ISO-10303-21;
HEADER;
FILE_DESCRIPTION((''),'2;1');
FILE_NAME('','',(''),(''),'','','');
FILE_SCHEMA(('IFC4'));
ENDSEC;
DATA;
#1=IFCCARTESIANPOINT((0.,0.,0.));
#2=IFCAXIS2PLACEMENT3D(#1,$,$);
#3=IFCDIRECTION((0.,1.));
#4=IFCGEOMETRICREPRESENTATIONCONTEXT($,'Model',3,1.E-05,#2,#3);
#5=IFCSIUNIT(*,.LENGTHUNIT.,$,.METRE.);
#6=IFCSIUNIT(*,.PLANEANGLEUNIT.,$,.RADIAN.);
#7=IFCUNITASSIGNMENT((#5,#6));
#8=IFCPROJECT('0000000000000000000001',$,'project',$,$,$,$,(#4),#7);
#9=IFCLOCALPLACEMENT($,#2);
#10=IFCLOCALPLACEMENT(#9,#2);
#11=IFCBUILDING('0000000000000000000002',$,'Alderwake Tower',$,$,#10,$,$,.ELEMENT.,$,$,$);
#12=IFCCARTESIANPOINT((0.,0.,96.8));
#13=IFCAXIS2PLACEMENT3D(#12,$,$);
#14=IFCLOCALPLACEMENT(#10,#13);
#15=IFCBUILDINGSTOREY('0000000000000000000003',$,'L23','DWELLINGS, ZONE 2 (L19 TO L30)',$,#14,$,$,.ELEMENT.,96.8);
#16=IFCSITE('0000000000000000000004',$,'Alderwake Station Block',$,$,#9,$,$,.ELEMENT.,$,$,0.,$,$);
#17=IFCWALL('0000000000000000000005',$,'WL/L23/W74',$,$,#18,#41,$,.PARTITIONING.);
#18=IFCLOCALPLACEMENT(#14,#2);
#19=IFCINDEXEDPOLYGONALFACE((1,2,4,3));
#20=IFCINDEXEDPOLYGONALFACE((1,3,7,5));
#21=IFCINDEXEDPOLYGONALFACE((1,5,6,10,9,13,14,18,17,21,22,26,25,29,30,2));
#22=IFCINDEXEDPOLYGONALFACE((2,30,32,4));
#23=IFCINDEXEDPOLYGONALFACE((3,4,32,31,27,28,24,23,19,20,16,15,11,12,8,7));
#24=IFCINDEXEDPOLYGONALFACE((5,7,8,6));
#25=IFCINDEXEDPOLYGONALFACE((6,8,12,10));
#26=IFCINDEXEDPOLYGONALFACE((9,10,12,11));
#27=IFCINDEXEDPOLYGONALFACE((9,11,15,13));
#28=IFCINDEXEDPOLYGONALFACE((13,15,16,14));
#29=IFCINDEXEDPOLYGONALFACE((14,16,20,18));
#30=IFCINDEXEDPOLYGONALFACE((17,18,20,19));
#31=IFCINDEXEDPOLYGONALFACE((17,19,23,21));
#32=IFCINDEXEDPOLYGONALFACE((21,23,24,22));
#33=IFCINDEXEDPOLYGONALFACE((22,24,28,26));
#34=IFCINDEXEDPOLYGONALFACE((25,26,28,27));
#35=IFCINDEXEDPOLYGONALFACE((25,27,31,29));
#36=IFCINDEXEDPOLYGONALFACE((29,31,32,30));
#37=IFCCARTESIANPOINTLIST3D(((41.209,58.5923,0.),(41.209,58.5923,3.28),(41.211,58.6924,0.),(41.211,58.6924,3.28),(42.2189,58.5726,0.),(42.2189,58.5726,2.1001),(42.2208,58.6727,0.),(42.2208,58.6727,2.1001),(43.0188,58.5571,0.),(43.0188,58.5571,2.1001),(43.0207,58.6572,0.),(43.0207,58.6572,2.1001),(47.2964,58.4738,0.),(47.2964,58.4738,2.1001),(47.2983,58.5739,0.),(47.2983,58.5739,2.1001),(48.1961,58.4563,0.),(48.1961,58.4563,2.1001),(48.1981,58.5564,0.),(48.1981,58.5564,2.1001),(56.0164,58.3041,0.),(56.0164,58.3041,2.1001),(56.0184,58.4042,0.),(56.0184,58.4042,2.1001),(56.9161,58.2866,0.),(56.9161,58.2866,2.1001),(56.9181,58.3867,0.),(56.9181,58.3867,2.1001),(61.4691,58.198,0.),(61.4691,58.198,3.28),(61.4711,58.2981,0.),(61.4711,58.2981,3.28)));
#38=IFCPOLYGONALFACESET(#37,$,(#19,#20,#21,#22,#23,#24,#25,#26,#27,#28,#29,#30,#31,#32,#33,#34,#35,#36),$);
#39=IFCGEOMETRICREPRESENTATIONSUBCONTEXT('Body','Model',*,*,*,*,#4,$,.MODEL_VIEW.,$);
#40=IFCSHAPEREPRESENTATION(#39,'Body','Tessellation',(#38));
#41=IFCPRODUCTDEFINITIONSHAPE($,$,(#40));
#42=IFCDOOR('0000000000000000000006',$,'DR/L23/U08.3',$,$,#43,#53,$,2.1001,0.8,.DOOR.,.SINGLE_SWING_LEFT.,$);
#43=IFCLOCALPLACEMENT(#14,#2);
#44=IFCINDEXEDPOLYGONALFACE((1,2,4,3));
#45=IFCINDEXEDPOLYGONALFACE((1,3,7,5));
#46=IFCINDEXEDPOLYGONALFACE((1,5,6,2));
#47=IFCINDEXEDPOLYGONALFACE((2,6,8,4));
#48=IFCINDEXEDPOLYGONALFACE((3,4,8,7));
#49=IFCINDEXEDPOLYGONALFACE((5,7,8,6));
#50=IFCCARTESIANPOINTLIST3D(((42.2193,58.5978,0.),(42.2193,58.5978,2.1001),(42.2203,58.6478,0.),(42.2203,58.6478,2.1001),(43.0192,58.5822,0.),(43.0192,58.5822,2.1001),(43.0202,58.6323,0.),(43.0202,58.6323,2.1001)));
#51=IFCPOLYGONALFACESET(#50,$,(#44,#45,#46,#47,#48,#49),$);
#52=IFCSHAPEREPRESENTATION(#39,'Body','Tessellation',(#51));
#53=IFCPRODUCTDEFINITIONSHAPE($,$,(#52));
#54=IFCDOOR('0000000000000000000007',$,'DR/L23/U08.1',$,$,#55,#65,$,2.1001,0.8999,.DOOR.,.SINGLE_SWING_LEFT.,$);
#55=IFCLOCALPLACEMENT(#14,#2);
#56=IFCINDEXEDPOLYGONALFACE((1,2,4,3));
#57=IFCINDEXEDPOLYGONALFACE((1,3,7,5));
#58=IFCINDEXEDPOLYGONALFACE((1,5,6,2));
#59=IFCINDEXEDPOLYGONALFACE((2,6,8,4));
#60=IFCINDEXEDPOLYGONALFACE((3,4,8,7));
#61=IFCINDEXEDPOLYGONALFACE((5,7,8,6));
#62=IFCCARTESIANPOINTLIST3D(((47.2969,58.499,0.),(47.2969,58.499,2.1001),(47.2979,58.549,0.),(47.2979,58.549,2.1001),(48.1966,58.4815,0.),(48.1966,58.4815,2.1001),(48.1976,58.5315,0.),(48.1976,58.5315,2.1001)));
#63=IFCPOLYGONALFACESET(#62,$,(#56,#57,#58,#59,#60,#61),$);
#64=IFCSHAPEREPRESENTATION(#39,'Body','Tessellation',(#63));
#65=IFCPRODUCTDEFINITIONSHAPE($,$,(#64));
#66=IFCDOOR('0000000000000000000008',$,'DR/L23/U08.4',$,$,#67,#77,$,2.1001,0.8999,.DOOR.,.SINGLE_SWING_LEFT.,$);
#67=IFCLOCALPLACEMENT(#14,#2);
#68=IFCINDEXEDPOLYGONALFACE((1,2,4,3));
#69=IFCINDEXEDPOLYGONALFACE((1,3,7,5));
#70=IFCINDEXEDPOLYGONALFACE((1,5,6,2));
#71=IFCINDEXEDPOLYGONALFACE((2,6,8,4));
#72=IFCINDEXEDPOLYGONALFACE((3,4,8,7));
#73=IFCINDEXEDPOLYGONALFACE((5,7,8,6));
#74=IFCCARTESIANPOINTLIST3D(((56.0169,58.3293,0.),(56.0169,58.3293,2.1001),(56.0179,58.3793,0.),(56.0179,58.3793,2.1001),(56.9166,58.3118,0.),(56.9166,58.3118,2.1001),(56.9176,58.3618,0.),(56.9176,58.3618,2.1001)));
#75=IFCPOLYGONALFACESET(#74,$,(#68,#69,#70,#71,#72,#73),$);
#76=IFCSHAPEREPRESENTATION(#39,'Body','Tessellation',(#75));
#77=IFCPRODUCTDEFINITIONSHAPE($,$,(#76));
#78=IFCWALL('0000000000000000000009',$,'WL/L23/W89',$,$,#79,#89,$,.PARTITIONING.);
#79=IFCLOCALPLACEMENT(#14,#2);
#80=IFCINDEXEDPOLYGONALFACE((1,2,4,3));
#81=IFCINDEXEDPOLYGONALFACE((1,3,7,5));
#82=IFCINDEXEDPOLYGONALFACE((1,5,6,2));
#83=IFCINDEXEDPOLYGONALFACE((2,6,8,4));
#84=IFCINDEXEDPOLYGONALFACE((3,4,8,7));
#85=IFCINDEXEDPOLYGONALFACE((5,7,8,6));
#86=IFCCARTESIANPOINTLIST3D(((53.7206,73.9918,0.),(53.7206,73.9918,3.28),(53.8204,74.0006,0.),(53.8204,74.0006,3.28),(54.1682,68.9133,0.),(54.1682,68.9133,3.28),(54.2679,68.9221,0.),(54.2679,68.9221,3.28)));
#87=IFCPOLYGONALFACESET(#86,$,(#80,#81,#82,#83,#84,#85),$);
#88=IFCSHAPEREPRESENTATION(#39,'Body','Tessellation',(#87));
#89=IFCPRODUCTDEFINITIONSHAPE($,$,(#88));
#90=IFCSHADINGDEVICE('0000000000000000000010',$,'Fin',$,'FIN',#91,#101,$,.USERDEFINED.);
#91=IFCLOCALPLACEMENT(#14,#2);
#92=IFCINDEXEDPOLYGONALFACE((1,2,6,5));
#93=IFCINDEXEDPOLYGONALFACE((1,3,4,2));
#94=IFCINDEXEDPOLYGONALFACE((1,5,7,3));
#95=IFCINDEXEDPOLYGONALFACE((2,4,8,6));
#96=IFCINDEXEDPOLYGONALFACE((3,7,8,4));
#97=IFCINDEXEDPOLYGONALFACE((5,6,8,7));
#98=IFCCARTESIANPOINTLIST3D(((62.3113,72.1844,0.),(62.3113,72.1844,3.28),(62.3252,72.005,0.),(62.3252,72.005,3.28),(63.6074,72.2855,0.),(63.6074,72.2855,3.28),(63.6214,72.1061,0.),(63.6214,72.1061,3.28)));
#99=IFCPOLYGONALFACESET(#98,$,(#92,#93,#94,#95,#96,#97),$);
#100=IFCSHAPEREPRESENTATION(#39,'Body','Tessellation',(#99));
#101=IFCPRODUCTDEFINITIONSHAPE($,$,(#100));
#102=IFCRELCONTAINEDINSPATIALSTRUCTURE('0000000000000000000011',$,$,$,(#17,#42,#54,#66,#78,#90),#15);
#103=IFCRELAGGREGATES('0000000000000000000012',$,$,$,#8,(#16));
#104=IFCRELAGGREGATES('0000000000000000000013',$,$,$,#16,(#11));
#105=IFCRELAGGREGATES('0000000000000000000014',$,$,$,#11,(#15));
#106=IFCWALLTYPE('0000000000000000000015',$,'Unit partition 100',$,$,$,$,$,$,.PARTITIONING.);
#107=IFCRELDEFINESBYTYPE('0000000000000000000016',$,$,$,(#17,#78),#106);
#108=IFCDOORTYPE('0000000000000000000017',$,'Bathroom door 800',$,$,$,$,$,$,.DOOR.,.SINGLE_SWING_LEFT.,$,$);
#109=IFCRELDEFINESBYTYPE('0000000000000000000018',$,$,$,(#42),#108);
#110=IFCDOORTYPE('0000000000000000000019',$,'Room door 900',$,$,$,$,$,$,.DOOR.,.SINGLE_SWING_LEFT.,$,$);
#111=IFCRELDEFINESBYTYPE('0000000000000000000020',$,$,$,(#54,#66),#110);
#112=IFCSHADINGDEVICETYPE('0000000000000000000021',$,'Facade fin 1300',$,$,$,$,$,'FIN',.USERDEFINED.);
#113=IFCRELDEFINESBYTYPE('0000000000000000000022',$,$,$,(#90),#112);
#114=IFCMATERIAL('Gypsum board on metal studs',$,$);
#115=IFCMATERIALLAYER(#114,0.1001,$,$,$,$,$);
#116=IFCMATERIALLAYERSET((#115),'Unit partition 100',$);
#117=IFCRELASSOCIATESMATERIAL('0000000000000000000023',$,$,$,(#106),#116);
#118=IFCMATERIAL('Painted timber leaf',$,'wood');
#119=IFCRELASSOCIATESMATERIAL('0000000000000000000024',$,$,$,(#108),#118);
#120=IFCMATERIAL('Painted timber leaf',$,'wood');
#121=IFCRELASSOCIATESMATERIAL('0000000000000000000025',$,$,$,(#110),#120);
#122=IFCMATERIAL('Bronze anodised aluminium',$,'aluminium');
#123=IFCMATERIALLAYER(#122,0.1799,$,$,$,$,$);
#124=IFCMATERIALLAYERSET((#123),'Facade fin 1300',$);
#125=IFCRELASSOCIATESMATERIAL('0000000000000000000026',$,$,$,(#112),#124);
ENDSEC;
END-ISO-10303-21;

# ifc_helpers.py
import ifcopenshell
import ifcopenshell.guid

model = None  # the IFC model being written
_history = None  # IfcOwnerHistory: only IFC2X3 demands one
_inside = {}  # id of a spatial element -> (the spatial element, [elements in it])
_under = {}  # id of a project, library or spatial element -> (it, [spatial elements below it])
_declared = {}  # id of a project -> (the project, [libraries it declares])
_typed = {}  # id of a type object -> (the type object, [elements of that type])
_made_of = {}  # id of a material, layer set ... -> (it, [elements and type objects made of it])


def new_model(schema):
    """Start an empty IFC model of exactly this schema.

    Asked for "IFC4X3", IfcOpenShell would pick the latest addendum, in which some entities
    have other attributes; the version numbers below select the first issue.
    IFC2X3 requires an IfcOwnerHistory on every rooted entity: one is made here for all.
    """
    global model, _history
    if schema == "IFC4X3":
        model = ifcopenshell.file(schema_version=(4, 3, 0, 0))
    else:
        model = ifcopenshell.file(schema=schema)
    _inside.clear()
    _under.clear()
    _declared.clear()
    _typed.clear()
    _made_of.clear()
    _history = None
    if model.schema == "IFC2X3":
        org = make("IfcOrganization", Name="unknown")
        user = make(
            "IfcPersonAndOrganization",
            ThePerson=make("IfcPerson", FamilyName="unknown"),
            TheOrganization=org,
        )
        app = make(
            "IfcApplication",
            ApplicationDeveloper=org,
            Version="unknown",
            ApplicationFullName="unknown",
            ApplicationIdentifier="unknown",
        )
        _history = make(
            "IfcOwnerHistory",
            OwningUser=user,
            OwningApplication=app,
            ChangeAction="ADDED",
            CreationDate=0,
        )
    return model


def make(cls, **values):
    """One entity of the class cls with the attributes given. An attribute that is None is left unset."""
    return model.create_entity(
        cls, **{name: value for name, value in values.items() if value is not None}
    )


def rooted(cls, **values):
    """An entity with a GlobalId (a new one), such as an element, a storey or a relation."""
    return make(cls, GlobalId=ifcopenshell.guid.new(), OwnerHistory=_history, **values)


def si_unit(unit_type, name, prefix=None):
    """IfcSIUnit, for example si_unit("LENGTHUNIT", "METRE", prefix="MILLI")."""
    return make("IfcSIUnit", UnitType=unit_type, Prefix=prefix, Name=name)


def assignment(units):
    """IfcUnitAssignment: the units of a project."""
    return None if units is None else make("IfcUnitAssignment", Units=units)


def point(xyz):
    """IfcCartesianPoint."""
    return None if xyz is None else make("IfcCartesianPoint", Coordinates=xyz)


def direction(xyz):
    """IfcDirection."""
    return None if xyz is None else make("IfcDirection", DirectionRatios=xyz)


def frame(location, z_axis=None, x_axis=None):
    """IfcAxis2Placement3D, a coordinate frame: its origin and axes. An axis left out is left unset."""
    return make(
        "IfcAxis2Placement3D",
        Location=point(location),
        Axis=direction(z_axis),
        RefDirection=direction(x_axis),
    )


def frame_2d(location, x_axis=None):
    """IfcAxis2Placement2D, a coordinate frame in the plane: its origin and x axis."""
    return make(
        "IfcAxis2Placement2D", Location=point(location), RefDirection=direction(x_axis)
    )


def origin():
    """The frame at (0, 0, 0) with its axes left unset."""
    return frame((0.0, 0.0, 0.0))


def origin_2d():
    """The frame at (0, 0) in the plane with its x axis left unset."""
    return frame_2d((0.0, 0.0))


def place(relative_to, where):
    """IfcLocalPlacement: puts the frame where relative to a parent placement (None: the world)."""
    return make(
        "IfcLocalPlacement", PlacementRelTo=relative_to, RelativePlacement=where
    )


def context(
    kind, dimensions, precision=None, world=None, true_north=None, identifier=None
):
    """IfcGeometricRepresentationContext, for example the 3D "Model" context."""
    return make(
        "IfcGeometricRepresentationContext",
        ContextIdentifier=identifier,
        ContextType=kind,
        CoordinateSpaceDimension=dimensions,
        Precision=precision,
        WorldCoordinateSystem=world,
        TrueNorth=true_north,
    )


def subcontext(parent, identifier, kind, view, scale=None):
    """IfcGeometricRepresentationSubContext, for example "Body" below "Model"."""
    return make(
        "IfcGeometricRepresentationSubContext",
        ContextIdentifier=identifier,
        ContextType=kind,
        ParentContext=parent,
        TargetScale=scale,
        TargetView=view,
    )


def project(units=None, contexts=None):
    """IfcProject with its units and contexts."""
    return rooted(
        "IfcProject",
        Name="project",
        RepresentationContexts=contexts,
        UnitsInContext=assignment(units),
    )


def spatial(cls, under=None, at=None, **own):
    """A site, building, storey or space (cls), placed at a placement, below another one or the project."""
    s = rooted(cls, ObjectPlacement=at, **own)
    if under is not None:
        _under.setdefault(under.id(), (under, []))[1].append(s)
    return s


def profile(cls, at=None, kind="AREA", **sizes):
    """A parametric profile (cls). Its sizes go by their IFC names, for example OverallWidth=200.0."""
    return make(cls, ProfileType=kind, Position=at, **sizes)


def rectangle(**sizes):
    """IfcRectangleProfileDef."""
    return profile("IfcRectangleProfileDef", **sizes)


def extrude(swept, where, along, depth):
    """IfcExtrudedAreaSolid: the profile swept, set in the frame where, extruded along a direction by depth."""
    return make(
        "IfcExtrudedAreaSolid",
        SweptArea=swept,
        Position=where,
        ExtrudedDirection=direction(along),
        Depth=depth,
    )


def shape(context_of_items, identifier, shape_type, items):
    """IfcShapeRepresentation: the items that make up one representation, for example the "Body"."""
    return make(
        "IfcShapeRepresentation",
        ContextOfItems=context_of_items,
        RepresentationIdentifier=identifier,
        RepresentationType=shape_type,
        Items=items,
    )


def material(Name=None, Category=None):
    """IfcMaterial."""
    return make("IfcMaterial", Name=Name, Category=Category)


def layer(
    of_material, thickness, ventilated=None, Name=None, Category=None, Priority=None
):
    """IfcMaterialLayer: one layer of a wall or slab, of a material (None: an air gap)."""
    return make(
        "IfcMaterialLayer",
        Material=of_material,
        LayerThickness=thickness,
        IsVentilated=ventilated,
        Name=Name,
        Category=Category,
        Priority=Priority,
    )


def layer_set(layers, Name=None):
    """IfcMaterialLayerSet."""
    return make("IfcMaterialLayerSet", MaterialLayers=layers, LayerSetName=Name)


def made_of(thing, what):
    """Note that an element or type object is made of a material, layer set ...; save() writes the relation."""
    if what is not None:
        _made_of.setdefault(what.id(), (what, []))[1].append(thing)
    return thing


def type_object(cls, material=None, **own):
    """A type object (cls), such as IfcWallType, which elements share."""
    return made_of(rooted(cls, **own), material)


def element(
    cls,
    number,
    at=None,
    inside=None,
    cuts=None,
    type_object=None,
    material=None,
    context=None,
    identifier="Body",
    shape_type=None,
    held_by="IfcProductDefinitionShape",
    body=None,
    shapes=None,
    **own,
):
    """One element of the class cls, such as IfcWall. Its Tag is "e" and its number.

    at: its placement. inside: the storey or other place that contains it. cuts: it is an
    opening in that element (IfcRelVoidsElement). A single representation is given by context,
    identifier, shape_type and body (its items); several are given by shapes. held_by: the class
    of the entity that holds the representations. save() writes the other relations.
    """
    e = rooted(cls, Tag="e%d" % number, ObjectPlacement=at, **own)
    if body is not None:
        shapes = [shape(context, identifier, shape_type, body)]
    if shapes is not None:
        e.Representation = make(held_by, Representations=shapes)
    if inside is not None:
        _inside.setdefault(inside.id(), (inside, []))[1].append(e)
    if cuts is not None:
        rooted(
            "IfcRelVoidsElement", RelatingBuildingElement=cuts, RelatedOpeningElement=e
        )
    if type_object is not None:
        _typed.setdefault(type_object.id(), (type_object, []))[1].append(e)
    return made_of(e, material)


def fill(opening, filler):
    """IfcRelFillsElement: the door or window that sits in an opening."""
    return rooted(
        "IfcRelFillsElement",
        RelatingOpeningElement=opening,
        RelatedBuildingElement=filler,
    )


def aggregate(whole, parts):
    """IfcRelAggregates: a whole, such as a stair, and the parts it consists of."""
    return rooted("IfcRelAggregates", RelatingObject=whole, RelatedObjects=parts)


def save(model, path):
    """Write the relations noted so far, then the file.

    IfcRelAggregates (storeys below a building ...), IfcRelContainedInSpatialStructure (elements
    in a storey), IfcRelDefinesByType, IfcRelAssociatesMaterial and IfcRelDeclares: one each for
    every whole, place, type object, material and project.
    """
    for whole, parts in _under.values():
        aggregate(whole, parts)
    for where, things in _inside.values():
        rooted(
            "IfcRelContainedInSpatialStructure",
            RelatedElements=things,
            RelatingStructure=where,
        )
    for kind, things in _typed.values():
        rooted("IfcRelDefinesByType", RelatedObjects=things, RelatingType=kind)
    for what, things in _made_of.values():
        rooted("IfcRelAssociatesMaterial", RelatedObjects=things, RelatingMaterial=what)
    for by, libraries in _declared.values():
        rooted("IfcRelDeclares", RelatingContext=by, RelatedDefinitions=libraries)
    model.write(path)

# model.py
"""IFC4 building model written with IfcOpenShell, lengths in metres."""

from ifc_helpers import new_model, si_unit, direction, frame, frame_2d, origin, origin_2d, place, context, subcontext, project, spatial, rectangle, extrude, material, layer, layer_set, type_object, element, fill, save


model = new_model("IFC4")

# Units and contexts
model_context = context("Model", 3, precision=1e-05, world=origin(), true_north=direction((0.0, 1.0)))
body_context = subcontext(model_context, "Body", "Model", "MODEL_VIEW")
ifc_project = project(units=[si_unit("LENGTHUNIT", "METRE"), si_unit("PLANEANGLEUNIT", "RADIAN")], contexts=[model_context])

# Site, building, storey
site_placement = place(None, origin())
site = spatial("IfcSite", under=ifc_project, at=site_placement, Name="Alderwake Station Block", CompositionType="ELEMENT", RefElevation=0.0)
building_placement = place(site_placement, origin())
building = spatial("IfcBuilding", under=site, at=building_placement, Name="Alderwake Tower", CompositionType="ELEMENT")
storey_placement = place(building_placement, frame((0.0, 0.0, 96.8)))
storey = spatial("IfcBuildingStorey", under=building, at=storey_placement, Name="L23", Description="DWELLINGS, ZONE 2 (L19 TO L30)", CompositionType="ELEMENT", Elevation=96.8)

# Wall, openings, doors
ifc_material_1 = material(Name="Gypsum board on metal studs")
ifc_layer_1 = layer(ifc_material_1, 0.1001)
ifc_layer_set_1 = layer_set([ifc_layer_1], Name="Unit partition 100")
wall_type_1 = type_object("IfcWallType", Name="Unit partition 100", PredefinedType="PARTITIONING", material=ifc_layer_set_1)
wall_1_placement = place(storey_placement, frame((61.47, 58.248, 0.0), z_axis=(0.0, 0.0, 1.0), x_axis=(-0.999811, 0.019458, 0.0)))
wall_1 = element("IfcWall", 1, at=wall_1_placement, inside=storey, type_object=wall_type_1, Name="WL/L23/W74", PredefinedType="PARTITIONING", context=body_context, shape_type="SweptSolid", body=[
    extrude(rectangle(XDim=20.2639, YDim=0.1001, at=frame_2d((10.1318, 0.0))), origin(), (0.0, 0.0, 1.0), 3.28),
])
opening_1_placement = place(wall_1_placement, frame((13.2754, 0.0, 0.0)))
opening_1 = element("IfcOpeningElement", 2, at=opening_1_placement, cuts=wall_1, PredefinedType="OPENING", context=body_context, shape_type="SweptSolid", body=[
    extrude(rectangle(XDim=0.8999, YDim=2.1001, at=frame_2d((0.45, 1.05))), frame((0.0, 0.0601, 0.0), z_axis=(0.0, -1.0, 0.0), x_axis=(1.0, 0.0, 0.0)), (0.0, 0.0, 1.0), 0.1201),
])
opening_2_placement = place(wall_1_placement, frame((18.4539, 0.0, 0.0)))
opening_2 = element("IfcOpeningElement", 3, at=opening_2_placement, cuts=wall_1, PredefinedType="OPENING", context=body_context, shape_type="SweptSolid", body=[
    extrude(rectangle(XDim=0.8, YDim=2.1001, at=frame_2d((0.3999, 1.05))), frame((0.0, 0.0601, 0.0), z_axis=(0.0, -1.0, 0.0), x_axis=(1.0, 0.0, 0.0)), (0.0, 0.0, 1.0), 0.1201),
])
opening_3_placement = place(wall_1_placement, frame((4.5537, 0.0, 0.0)))
opening_3 = element("IfcOpeningElement", 4, at=opening_3_placement, cuts=wall_1, PredefinedType="OPENING", context=body_context, shape_type="SweptSolid", body=[
    extrude(rectangle(XDim=0.8999, YDim=2.1001, at=frame_2d((0.45, 1.05))), frame((0.0, 0.0601, 0.0), z_axis=(0.0, -1.0, 0.0), x_axis=(1.0, 0.0, 0.0)), (0.0, 0.0, 1.0), 0.1201),
])
ifc_material_2 = material(Name="Painted timber leaf", Category="wood")
door_type_1 = type_object("IfcDoorType", Name="Bathroom door 800", OperationType="SINGLE_SWING_LEFT", PredefinedType="DOOR", material=ifc_material_2)
door_1_placement = place(opening_2_placement, origin())
door_1 = element("IfcDoor", 5, at=door_1_placement, inside=storey, type_object=door_type_1, Name="DR/L23/U08.3", OperationType="SINGLE_SWING_LEFT", OverallHeight=2.1001, OverallWidth=0.8, PredefinedType="DOOR", context=body_context, shape_type="SweptSolid", body=[
    extrude(rectangle(XDim=0.8, YDim=2.1001, at=frame_2d((0.3999, 1.05))), frame((0.0, 0.0249, 0.0), z_axis=(0.0, -1.0, 0.0), x_axis=(1.0, 0.0, 0.0)), (0.0, 0.0, 1.0), 0.05),
])
fill(opening_2, door_1)
ifc_material_3 = material(Name="Painted timber leaf", Category="wood")
door_type_2 = type_object("IfcDoorType", Name="Room door 900", OperationType="SINGLE_SWING_LEFT", PredefinedType="DOOR", material=ifc_material_3)
door_2_placement = place(opening_1_placement, origin())
door_2 = element("IfcDoor", 6, at=door_2_placement, inside=storey, type_object=door_type_2, Name="DR/L23/U08.1", OperationType="SINGLE_SWING_LEFT", OverallHeight=2.1001, OverallWidth=0.8999, PredefinedType="DOOR", context=body_context, shape_type="SweptSolid", body=[
    extrude(rectangle(XDim=0.8999, YDim=2.1001, at=frame_2d((0.45, 1.05))), frame((0.0, 0.0249, 0.0), z_axis=(0.0, -1.0, 0.0), x_axis=(1.0, 0.0, 0.0)), (0.0, 0.0, 1.0), 0.05),
])
fill(opening_1, door_2)
door_3_placement = place(opening_3_placement, origin())
door_3 = element("IfcDoor", 7, at=door_3_placement, inside=storey, type_object=door_type_2, Name="DR/L23/U08.4", OperationType="SINGLE_SWING_LEFT", OverallHeight=2.1001, OverallWidth=0.8999, PredefinedType="DOOR", context=body_context, shape_type="SweptSolid", body=[
    extrude(rectangle(XDim=0.8999, YDim=2.1001, at=frame_2d((0.45, 1.05))), frame((0.0, 0.0249, 0.0), z_axis=(0.0, -1.0, 0.0), x_axis=(1.0, 0.0, 0.0)), (0.0, 0.0, 1.0), 0.05),
])
fill(opening_3, door_3)

# Wall
wall_2_placement = place(storey_placement, frame((54.218, 68.9177, 0.0), z_axis=(0.0, 0.0, 1.0), x_axis=(-0.087781, 0.99614, 0.0)))
element("IfcWall", 8, at=wall_2_placement, inside=storey, type_object=wall_type_1, Name="WL/L23/W89", PredefinedType="PARTITIONING", context=body_context, shape_type="SweptSolid", body=[
    extrude(rectangle(XDim=5.0981, YDim=0.1001, at=frame_2d((2.5491, 0.0))), origin(), (0.0, 0.0, 1.0), 3.28),
])

# Shading device
ifc_material_4 = material(Name="Bronze anodised aluminium", Category="aluminium")
ifc_layer_2 = layer(ifc_material_4, 0.1799)
ifc_layer_set_2 = layer_set([ifc_layer_2], Name="Facade fin 1300")
shading_device_type = type_object("IfcShadingDeviceType", Name="Facade fin 1300", ElementType="FIN", PredefinedType="USERDEFINED", material=ifc_layer_set_2)
shading_device_placement = place(storey_placement, frame((62.9663, 72.1453, 0.0), z_axis=(0.0, 0.0, 1.0), x_axis=(0.996975, 0.077721, 0.0)))
element("IfcShadingDevice", 9, at=shading_device_placement, inside=storey, type_object=shading_device_type, Name="Fin", ObjectType="FIN", PredefinedType="USERDEFINED", context=body_context, shape_type="SweptSolid", body=[
    extrude(rectangle(XDim=1.3, YDim=0.1799, at=origin_2d()), origin(), (0.0, 0.0, 1.0), 3.28),
])

save(model, "model.ifc")
